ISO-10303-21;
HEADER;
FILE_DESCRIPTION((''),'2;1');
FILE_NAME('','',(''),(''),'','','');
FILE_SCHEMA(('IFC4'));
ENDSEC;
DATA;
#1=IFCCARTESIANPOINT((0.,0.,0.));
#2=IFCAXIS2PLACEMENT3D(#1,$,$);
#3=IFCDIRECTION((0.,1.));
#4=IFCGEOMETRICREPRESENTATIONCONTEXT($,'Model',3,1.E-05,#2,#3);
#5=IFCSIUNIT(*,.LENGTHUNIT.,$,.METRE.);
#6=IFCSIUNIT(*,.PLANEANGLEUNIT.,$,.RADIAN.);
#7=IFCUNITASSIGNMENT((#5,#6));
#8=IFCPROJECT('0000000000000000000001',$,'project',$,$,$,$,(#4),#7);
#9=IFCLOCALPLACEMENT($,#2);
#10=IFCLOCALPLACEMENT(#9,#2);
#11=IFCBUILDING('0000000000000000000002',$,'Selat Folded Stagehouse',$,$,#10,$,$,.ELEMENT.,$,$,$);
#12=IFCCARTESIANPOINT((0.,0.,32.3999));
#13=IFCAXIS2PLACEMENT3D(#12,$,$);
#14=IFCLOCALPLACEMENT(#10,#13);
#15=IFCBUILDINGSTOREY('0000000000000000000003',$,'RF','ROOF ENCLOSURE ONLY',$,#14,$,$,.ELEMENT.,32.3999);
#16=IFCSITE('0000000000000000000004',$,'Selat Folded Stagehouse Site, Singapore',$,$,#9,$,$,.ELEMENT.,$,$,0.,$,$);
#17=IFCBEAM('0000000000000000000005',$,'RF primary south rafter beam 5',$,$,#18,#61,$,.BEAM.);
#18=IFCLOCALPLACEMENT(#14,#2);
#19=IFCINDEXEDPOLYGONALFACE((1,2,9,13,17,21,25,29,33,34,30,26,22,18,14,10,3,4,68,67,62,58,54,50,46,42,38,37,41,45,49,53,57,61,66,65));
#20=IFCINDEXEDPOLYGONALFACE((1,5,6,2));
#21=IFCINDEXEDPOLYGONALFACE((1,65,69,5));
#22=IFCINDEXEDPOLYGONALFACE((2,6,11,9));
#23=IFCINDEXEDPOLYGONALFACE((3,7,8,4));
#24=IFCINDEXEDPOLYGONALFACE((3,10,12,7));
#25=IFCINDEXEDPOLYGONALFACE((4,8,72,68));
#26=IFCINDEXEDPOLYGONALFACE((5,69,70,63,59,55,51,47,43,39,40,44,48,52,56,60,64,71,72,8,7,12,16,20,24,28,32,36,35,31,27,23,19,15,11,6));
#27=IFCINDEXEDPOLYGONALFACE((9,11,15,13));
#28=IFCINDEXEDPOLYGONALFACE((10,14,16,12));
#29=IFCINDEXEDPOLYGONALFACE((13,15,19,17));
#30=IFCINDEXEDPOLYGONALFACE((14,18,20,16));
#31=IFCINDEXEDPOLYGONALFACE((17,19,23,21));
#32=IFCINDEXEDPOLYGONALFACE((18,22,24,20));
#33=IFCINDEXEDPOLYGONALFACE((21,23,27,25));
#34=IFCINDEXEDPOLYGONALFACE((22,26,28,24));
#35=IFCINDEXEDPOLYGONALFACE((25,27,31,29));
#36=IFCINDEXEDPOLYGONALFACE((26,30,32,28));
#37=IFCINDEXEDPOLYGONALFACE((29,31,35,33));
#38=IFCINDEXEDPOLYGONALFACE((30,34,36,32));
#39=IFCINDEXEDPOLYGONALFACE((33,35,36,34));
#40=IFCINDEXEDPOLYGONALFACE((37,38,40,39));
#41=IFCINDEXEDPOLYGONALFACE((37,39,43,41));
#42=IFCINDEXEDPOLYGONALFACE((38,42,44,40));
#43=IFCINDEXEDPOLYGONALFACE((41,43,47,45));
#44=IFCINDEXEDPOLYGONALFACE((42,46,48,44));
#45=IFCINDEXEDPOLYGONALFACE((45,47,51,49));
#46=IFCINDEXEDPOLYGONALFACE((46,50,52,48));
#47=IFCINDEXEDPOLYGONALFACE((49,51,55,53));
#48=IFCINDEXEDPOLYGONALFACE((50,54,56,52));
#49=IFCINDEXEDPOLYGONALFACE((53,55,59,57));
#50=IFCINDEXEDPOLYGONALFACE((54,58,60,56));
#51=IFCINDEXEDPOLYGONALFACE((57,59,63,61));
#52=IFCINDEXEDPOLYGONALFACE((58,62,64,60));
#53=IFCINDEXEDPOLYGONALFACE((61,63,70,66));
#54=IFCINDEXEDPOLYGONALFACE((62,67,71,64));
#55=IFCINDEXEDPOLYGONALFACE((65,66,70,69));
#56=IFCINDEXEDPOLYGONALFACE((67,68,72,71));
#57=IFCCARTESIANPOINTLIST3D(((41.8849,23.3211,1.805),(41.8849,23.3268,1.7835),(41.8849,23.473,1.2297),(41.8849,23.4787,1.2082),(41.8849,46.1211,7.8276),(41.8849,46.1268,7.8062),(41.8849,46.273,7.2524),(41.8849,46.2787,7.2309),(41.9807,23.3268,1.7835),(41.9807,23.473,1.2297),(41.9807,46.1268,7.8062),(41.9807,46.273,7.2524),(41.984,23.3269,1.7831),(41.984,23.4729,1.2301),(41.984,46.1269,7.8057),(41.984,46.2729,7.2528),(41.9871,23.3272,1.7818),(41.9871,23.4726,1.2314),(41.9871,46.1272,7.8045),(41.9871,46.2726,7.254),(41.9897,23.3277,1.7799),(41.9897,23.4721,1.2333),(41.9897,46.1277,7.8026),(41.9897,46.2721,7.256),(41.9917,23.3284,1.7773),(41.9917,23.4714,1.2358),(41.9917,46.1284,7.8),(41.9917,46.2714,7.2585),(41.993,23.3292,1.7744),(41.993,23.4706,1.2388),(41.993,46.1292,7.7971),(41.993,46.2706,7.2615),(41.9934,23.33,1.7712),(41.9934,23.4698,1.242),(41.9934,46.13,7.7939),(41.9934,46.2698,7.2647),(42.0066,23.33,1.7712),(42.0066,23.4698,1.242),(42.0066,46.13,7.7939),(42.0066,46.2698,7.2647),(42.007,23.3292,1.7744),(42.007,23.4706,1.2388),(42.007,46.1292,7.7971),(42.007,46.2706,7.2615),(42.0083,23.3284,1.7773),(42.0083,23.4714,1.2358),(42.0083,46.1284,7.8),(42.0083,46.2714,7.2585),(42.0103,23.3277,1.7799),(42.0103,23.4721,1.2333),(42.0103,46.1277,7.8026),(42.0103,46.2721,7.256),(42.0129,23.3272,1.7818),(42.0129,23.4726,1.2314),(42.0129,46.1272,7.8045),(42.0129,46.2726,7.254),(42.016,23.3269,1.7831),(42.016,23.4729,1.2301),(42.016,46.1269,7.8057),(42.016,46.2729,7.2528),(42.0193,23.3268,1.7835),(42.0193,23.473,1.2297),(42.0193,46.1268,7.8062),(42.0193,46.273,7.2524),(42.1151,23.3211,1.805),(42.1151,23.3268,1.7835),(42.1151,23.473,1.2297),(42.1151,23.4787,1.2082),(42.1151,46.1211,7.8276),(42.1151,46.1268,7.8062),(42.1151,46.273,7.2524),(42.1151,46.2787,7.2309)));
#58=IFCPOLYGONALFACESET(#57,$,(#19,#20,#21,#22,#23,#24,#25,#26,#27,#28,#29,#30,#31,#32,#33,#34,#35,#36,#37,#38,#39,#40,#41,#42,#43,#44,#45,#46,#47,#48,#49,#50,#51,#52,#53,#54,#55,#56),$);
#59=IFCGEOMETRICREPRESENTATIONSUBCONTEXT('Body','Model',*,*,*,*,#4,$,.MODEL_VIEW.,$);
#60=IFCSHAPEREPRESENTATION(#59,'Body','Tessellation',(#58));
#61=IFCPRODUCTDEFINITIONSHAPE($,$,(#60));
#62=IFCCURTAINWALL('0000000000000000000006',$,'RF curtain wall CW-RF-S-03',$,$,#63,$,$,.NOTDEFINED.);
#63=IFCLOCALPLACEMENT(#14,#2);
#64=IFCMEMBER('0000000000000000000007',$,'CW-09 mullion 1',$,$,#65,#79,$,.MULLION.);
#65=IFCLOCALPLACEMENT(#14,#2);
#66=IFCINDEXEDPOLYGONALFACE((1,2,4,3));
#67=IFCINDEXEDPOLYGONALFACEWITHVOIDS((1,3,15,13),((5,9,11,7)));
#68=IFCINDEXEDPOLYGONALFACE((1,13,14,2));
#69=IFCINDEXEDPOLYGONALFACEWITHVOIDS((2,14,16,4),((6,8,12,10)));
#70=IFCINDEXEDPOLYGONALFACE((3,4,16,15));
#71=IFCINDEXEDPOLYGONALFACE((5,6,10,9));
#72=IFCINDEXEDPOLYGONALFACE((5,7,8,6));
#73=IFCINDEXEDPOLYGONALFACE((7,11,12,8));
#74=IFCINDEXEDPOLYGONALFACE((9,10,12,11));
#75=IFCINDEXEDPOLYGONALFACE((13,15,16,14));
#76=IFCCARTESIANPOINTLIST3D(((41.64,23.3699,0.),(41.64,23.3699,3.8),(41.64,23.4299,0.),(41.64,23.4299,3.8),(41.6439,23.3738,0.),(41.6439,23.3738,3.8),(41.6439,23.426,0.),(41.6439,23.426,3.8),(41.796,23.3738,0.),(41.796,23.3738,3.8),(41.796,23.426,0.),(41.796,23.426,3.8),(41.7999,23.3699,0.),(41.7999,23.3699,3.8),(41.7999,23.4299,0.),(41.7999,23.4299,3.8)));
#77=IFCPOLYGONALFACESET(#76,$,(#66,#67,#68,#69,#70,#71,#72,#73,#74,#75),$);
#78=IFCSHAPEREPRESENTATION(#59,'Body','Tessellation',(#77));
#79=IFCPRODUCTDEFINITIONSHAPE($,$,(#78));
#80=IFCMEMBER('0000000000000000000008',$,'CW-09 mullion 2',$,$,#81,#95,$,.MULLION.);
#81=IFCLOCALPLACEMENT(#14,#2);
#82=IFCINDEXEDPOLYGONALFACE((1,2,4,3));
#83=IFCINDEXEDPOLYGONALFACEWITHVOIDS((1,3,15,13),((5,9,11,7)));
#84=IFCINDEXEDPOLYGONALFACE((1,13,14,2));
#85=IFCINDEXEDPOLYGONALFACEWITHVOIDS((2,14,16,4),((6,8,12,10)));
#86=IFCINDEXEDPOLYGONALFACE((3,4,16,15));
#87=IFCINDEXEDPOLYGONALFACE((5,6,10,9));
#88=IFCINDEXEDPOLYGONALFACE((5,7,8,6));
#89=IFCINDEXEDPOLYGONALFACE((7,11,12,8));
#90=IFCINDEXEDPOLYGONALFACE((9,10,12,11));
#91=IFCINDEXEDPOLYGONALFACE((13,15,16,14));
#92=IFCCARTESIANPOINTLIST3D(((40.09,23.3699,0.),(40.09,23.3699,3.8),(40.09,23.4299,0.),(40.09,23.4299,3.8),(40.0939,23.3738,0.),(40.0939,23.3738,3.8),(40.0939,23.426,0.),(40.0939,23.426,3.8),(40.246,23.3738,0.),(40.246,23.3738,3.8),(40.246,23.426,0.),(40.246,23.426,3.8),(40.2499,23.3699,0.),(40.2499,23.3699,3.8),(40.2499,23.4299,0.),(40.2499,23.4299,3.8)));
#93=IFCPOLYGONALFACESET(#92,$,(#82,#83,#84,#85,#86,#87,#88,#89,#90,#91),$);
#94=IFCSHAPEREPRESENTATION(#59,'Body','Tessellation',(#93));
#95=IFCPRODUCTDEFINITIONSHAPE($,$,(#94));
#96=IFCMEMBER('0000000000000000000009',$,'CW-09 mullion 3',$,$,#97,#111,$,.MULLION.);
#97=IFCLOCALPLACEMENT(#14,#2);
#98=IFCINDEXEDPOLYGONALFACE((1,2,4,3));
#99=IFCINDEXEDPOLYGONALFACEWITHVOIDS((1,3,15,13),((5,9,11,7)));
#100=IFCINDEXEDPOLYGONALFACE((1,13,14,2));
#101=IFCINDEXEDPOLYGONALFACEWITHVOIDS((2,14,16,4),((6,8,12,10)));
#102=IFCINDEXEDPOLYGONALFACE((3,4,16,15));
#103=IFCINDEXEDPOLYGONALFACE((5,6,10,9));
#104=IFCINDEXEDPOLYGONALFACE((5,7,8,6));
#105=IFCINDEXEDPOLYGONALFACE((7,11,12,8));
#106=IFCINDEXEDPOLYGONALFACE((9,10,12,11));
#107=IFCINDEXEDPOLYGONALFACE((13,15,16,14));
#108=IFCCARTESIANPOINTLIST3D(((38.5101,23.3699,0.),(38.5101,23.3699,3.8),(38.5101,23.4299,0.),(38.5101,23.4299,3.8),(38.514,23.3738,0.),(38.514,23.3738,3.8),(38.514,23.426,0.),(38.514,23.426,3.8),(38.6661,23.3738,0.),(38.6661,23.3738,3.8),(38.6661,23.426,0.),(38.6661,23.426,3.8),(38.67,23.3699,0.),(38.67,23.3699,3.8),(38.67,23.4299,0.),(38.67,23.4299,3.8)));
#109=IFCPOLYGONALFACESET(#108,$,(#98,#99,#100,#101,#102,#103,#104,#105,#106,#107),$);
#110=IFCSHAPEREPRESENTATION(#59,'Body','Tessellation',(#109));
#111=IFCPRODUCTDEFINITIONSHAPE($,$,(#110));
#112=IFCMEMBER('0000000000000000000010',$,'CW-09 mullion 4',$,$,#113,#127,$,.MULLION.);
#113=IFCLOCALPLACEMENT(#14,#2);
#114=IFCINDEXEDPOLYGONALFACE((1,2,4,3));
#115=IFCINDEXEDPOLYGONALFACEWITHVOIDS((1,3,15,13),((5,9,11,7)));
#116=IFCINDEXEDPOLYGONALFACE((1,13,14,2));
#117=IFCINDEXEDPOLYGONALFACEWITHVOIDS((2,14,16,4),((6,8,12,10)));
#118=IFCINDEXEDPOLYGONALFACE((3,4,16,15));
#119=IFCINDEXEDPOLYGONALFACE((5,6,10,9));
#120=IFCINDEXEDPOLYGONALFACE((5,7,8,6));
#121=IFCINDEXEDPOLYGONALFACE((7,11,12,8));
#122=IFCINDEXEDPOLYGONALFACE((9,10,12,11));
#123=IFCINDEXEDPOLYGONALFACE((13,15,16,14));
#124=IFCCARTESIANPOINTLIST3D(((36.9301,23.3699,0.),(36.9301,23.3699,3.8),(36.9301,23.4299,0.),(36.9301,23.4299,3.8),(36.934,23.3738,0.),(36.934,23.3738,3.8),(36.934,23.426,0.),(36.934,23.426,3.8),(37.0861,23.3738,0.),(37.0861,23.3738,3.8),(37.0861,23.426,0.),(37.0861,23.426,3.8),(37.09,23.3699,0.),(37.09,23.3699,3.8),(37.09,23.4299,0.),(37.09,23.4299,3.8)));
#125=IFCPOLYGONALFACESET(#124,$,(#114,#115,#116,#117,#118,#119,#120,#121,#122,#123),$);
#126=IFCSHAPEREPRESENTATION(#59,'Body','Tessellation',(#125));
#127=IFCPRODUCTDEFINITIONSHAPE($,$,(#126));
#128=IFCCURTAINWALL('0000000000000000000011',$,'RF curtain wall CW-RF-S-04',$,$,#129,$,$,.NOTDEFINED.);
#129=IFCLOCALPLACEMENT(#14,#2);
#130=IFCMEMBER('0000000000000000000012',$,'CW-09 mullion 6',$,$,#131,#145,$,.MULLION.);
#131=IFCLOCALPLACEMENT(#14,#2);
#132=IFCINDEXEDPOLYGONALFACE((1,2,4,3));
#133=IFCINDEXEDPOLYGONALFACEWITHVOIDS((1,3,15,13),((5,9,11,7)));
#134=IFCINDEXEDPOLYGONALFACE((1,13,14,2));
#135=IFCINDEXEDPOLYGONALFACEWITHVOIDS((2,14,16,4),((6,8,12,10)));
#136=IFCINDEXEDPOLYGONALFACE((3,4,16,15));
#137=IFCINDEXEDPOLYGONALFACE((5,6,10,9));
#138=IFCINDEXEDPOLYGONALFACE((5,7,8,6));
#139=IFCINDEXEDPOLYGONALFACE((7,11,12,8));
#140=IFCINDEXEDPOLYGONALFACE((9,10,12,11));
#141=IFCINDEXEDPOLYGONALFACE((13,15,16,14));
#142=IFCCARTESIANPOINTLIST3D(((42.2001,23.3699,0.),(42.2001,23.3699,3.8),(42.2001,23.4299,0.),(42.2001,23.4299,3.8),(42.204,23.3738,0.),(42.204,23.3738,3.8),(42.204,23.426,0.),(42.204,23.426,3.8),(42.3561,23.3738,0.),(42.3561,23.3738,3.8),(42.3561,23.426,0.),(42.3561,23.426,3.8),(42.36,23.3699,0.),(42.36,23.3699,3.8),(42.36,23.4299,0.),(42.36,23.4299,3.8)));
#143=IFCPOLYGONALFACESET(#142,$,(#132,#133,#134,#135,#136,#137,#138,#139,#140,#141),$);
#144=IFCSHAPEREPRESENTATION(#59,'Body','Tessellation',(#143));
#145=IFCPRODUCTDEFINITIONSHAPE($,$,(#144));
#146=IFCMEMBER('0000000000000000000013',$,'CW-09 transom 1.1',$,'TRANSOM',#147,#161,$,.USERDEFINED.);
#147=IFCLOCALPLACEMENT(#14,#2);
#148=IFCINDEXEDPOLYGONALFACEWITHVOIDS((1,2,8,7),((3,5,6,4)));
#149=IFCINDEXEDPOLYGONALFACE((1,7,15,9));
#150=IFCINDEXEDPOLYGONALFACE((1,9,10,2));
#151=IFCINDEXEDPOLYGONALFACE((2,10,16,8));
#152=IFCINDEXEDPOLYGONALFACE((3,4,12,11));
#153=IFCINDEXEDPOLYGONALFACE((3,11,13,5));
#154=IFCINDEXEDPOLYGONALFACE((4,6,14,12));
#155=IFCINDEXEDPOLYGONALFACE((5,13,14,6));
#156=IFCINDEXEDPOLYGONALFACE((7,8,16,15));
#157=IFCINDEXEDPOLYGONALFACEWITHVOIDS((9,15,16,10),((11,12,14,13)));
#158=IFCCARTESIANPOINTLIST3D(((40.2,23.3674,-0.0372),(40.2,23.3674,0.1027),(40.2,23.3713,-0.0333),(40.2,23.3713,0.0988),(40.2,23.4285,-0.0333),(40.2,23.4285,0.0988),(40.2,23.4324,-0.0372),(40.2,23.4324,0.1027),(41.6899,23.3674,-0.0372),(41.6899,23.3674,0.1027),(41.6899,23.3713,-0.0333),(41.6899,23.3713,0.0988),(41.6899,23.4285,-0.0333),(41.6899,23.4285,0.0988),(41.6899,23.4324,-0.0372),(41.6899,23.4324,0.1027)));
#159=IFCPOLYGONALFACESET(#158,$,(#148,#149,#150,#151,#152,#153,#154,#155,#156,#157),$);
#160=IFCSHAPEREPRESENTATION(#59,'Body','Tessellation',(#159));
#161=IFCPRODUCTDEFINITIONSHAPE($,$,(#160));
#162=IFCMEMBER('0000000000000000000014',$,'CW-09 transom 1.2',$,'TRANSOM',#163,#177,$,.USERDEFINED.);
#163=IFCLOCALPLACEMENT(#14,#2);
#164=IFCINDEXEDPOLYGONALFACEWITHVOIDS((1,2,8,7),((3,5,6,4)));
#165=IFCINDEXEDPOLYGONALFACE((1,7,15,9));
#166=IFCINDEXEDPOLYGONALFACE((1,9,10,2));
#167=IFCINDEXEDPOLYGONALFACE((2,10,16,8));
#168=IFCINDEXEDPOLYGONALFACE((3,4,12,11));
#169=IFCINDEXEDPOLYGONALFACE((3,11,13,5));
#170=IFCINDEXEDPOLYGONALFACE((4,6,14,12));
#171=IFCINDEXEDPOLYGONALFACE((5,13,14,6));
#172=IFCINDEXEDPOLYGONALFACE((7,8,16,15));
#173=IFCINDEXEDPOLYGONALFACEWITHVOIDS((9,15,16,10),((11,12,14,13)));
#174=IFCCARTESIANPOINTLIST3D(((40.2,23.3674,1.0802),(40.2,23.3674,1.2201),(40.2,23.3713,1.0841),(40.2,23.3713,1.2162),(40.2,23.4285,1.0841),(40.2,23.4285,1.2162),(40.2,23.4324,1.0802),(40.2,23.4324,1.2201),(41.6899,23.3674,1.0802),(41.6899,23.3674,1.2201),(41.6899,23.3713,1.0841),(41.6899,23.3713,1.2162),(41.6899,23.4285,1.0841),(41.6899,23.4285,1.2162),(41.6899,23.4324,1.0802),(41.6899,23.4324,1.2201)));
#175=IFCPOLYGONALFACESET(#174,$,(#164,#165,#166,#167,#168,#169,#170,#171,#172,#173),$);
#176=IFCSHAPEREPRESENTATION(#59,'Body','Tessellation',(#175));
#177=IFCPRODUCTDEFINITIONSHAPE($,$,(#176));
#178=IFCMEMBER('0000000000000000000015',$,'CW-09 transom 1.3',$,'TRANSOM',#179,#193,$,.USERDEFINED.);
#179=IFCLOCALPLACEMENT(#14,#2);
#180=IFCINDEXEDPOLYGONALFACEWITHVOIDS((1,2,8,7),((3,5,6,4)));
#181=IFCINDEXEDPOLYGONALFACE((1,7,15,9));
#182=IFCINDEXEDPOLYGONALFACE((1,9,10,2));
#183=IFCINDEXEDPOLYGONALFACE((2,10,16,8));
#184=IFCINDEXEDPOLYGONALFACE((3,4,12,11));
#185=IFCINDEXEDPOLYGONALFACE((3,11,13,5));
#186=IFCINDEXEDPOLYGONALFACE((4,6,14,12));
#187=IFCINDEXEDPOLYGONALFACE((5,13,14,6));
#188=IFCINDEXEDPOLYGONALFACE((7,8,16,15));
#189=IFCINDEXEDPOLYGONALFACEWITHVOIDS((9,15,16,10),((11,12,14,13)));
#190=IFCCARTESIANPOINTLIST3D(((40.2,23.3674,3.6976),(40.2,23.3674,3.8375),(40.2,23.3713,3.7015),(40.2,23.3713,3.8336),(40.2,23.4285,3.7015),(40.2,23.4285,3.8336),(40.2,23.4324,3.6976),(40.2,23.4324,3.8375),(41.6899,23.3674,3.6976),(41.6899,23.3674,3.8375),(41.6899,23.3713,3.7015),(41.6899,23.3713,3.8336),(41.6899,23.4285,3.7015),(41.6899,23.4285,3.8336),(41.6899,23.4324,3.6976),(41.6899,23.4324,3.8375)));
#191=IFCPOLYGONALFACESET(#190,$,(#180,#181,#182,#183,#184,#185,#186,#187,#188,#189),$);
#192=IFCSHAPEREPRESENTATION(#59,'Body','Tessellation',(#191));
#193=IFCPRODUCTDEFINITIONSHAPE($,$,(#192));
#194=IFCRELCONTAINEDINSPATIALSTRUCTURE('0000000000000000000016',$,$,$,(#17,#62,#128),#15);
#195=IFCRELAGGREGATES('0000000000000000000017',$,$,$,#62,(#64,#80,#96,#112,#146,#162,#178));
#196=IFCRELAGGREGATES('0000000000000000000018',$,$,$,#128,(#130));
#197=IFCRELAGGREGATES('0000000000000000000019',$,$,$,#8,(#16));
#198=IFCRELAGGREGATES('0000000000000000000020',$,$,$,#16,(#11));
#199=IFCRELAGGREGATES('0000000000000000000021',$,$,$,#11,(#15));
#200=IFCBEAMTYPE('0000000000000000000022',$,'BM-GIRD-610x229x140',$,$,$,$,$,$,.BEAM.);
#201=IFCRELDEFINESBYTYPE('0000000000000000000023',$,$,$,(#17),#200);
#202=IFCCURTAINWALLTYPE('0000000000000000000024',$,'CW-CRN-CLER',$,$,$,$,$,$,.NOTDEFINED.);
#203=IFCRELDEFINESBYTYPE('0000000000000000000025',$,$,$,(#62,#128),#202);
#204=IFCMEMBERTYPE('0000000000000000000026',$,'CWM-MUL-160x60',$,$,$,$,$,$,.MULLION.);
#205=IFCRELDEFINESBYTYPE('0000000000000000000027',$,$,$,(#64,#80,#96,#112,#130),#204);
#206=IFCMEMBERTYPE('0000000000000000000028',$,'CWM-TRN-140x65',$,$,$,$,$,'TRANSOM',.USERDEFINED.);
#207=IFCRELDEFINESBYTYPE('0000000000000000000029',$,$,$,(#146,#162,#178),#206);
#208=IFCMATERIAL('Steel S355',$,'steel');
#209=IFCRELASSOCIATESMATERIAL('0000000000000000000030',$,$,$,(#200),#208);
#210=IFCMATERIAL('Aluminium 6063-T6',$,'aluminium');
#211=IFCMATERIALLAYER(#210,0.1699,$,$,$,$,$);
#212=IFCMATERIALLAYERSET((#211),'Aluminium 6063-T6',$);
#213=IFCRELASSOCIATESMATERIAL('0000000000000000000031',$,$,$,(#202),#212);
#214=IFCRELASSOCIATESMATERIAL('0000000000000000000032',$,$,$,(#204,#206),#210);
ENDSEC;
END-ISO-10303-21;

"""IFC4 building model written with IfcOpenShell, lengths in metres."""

from ifc_helpers import new_model, si_unit, direction, frame, origin, origin_2d, place, context, subcontext, project, spatial, hollow_rectangle, i_section, extrude, material, layer, layer_set, material_profile, profile_set, type_object, element, aggregate, save


model = new_model("IFC4")

# Units and contexts
model_context = context("Model", 3, precision=1e-05, world=origin(), true_north=direction((0.0, 1.0)))
body_context = subcontext(model_context, "Body", "Model", "MODEL_VIEW")
ifc_project = project(units=[si_unit("LENGTHUNIT", "METRE"), si_unit("PLANEANGLEUNIT", "RADIAN")], contexts=[model_context])

# Site, building, storey
site_placement = place(None, origin())
site = spatial("IfcSite", under=ifc_project, at=site_placement, Name="Selat Folded Stagehouse Site, Singapore", CompositionType="ELEMENT", RefElevation=0.0)
building_placement = place(site_placement, origin())
building = spatial("IfcBuilding", under=site, at=building_placement, Name="Selat Folded Stagehouse", CompositionType="ELEMENT")
storey_placement = place(building_placement, frame((0.0, 0.0, 32.3999)))
storey = spatial("IfcBuildingStorey", under=building, at=storey_placement, Name="RF", Description="ROOF ENCLOSURE ONLY", CompositionType="ELEMENT", Elevation=32.3999)

# Shared definitions
ifc_material_1 = material(Name="Steel S355", Category="steel")

# Beam
ifc_material_profile_1 = material_profile(ifc_material_1, i_section(OverallWidth=0.2302, OverallDepth=0.6172, WebThickness=0.0132, FlangeThickness=0.0222, FilletRadius=0.0127, at=origin_2d()), Name="UKB 610x229x140")
ifc_profile_set_1 = profile_set([ifc_material_profile_1], Name="Steel S355")
beam_type_1 = type_object("IfcBeamType", Name="BM-GIRD-610x229x140", PredefinedType="BEAM", material=ifc_profile_set_1)
beam_1_placement = place(storey_placement, frame((42.0, 23.3999, 1.5066), z_axis=(0.0, 0.966837, 0.255393), x_axis=(-1.0, 0.0, 0.0)))
element("IfcBeam", 1, at=beam_1_placement, inside=storey, type_object=beam_type_1, Name="RF primary south rafter beam 5", PredefinedType="BEAM", context=body_context, shape_type="SweptSolid", body=[
    extrude(i_section(OverallWidth=0.2302, OverallDepth=0.6172, WebThickness=0.0132, FlangeThickness=0.0222, FilletRadius=0.0127, at=origin_2d()), origin(), (0.0, 0.0, 1.0), 23.582),
])

# Curtain wall, members
ifc_material_2 = material(Name="Aluminium 6063-T6", Category="aluminium")
ifc_layer_1 = layer(ifc_material_2, 0.1699)
ifc_layer_set_1 = layer_set([ifc_layer_1], Name="Aluminium 6063-T6")
curtain_wall_type = type_object("IfcCurtainWallType", Name="CW-CRN-CLER", PredefinedType="NOTDEFINED", material=ifc_layer_set_1)
curtain_wall_1_placement = place(storey_placement, origin())
curtain_wall_1 = element("IfcCurtainWall", 2, at=curtain_wall_1_placement, inside=storey, type_object=curtain_wall_type, Name="RF curtain wall CW-RF-S-03", PredefinedType="NOTDEFINED")
ifc_material_profile_2 = material_profile(ifc_material_2, hollow_rectangle(XDim=0.0601, YDim=0.1599, WallThickness=0.0039, at=origin_2d()), Name="ALU 160x60x4.0")
ifc_profile_set_2 = profile_set([ifc_material_profile_2], Name="Aluminium 6063-T6")
member_type_1 = type_object("IfcMemberType", Name="CWM-MUL-160x60", PredefinedType="MULLION", material=ifc_profile_set_2)
member_1_placement = place(storey_placement, frame((41.72, 23.3999, 0.0), z_axis=(0.0, 0.0, 1.0), x_axis=(0.0, -1.0, 0.0)))
member_1 = element("IfcMember", 3, at=member_1_placement, type_object=member_type_1, Name="CW-09 mullion 1", PredefinedType="MULLION", context=body_context, shape_type="SweptSolid", body=[
    extrude(hollow_rectangle(XDim=0.0601, YDim=0.1599, WallThickness=0.0039, at=origin_2d()), origin(), (0.0, 0.0, 1.0), 3.8),
])
member_2_placement = place(storey_placement, frame((40.1699, 23.3999, 0.0), z_axis=(0.0, 0.0, 1.0), x_axis=(0.0, -1.0, 0.0)))
member_2 = element("IfcMember", 4, at=member_2_placement, type_object=member_type_1, Name="CW-09 mullion 2", PredefinedType="MULLION", context=body_context, shape_type="SweptSolid", body=[
    extrude(hollow_rectangle(XDim=0.0601, YDim=0.1599, WallThickness=0.0039, at=origin_2d()), origin(), (0.0, 0.0, 1.0), 3.8),
])
member_3_placement = place(storey_placement, frame((38.5901, 23.3999, 0.0), z_axis=(0.0, 0.0, 1.0), x_axis=(0.0, -1.0, 0.0)))
member_3 = element("IfcMember", 5, at=member_3_placement, type_object=member_type_1, Name="CW-09 mullion 3", PredefinedType="MULLION", context=body_context, shape_type="SweptSolid", body=[
    extrude(hollow_rectangle(XDim=0.0601, YDim=0.1599, WallThickness=0.0039, at=origin_2d()), origin(), (0.0, 0.0, 1.0), 3.8),
])
member_4_placement = place(storey_placement, frame((37.01, 23.3999, 0.0), z_axis=(0.0, 0.0, 1.0), x_axis=(0.0, -1.0, 0.0)))
member_4 = element("IfcMember", 6, at=member_4_placement, type_object=member_type_1, Name="CW-09 mullion 4", PredefinedType="MULLION", context=body_context, shape_type="SweptSolid", body=[
    extrude(hollow_rectangle(XDim=0.0601, YDim=0.1599, WallThickness=0.0039, at=origin_2d()), origin(), (0.0, 0.0, 1.0), 3.8),
])

# Curtain wall, member
curtain_wall_2_placement = place(storey_placement, origin())
curtain_wall_2 = element("IfcCurtainWall", 7, at=curtain_wall_2_placement, inside=storey, type_object=curtain_wall_type, Name="RF curtain wall CW-RF-S-04", PredefinedType="NOTDEFINED")
member_5_placement = place(storey_placement, frame((42.28, 23.3999, 0.0), z_axis=(0.0, 0.0, 1.0), x_axis=(0.0, -1.0, 0.0)))
member_5 = element("IfcMember", 8, at=member_5_placement, type_object=member_type_1, Name="CW-09 mullion 6", PredefinedType="MULLION", context=body_context, shape_type="SweptSolid", body=[
    extrude(hollow_rectangle(XDim=0.0601, YDim=0.1599, WallThickness=0.0039, at=origin_2d()), origin(), (0.0, 0.0, 1.0), 3.8),
])

# Members
ifc_material_profile_3 = material_profile(ifc_material_2, hollow_rectangle(XDim=0.0649, YDim=0.1399, WallThickness=0.0039, at=origin_2d()), Name="ALU 140x65x4.0")
ifc_profile_set_3 = profile_set([ifc_material_profile_3], Name="Aluminium 6063-T6")
member_type_2 = type_object("IfcMemberType", Name="CWM-TRN-140x65", ElementType="TRANSOM", PredefinedType="USERDEFINED", material=ifc_profile_set_3)
member_6_placement = place(storey_placement, frame((41.6899, 23.3999, 0.0327), z_axis=(-1.0, 0.0, 0.0), x_axis=(0.0, -1.0, 0.0)))
member_6 = element("IfcMember", 9, at=member_6_placement, type_object=member_type_2, Name="CW-09 transom 1.1", ObjectType="TRANSOM", PredefinedType="USERDEFINED", context=body_context, shape_type="SweptSolid", body=[
    extrude(hollow_rectangle(XDim=0.0649, YDim=0.1399, WallThickness=0.0039, at=origin_2d()), origin(), (0.0, 0.0, 1.0), 1.49),
])
member_7_placement = place(storey_placement, frame((41.6899, 23.3999, 1.1501), z_axis=(-1.0, 0.0, 0.0), x_axis=(0.0, -1.0, 0.0)))
member_7 = element("IfcMember", 10, at=member_7_placement, type_object=member_type_2, Name="CW-09 transom 1.2", ObjectType="TRANSOM", PredefinedType="USERDEFINED", context=body_context, shape_type="SweptSolid", body=[
    extrude(hollow_rectangle(XDim=0.0649, YDim=0.1399, WallThickness=0.0039, at=origin_2d()), origin(), (0.0, 0.0, 1.0), 1.49),
])
member_8_placement = place(storey_placement, frame((41.6899, 23.3999, 3.7676), z_axis=(-1.0, 0.0, 0.0), x_axis=(0.0, -1.0, 0.0)))
member_8 = element("IfcMember", 11, at=member_8_placement, type_object=member_type_2, Name="CW-09 transom 1.3", ObjectType="TRANSOM", PredefinedType="USERDEFINED", context=body_context, shape_type="SweptSolid", body=[
    extrude(hollow_rectangle(XDim=0.0649, YDim=0.1399, WallThickness=0.0039, at=origin_2d()), origin(), (0.0, 0.0, 1.0), 1.49),
])

aggregate(curtain_wall_1, [member_1, member_2, member_3, member_4, member_6, member_7, member_8])
aggregate(curtain_wall_2, [member_5])

save(model, "model.ifc")
